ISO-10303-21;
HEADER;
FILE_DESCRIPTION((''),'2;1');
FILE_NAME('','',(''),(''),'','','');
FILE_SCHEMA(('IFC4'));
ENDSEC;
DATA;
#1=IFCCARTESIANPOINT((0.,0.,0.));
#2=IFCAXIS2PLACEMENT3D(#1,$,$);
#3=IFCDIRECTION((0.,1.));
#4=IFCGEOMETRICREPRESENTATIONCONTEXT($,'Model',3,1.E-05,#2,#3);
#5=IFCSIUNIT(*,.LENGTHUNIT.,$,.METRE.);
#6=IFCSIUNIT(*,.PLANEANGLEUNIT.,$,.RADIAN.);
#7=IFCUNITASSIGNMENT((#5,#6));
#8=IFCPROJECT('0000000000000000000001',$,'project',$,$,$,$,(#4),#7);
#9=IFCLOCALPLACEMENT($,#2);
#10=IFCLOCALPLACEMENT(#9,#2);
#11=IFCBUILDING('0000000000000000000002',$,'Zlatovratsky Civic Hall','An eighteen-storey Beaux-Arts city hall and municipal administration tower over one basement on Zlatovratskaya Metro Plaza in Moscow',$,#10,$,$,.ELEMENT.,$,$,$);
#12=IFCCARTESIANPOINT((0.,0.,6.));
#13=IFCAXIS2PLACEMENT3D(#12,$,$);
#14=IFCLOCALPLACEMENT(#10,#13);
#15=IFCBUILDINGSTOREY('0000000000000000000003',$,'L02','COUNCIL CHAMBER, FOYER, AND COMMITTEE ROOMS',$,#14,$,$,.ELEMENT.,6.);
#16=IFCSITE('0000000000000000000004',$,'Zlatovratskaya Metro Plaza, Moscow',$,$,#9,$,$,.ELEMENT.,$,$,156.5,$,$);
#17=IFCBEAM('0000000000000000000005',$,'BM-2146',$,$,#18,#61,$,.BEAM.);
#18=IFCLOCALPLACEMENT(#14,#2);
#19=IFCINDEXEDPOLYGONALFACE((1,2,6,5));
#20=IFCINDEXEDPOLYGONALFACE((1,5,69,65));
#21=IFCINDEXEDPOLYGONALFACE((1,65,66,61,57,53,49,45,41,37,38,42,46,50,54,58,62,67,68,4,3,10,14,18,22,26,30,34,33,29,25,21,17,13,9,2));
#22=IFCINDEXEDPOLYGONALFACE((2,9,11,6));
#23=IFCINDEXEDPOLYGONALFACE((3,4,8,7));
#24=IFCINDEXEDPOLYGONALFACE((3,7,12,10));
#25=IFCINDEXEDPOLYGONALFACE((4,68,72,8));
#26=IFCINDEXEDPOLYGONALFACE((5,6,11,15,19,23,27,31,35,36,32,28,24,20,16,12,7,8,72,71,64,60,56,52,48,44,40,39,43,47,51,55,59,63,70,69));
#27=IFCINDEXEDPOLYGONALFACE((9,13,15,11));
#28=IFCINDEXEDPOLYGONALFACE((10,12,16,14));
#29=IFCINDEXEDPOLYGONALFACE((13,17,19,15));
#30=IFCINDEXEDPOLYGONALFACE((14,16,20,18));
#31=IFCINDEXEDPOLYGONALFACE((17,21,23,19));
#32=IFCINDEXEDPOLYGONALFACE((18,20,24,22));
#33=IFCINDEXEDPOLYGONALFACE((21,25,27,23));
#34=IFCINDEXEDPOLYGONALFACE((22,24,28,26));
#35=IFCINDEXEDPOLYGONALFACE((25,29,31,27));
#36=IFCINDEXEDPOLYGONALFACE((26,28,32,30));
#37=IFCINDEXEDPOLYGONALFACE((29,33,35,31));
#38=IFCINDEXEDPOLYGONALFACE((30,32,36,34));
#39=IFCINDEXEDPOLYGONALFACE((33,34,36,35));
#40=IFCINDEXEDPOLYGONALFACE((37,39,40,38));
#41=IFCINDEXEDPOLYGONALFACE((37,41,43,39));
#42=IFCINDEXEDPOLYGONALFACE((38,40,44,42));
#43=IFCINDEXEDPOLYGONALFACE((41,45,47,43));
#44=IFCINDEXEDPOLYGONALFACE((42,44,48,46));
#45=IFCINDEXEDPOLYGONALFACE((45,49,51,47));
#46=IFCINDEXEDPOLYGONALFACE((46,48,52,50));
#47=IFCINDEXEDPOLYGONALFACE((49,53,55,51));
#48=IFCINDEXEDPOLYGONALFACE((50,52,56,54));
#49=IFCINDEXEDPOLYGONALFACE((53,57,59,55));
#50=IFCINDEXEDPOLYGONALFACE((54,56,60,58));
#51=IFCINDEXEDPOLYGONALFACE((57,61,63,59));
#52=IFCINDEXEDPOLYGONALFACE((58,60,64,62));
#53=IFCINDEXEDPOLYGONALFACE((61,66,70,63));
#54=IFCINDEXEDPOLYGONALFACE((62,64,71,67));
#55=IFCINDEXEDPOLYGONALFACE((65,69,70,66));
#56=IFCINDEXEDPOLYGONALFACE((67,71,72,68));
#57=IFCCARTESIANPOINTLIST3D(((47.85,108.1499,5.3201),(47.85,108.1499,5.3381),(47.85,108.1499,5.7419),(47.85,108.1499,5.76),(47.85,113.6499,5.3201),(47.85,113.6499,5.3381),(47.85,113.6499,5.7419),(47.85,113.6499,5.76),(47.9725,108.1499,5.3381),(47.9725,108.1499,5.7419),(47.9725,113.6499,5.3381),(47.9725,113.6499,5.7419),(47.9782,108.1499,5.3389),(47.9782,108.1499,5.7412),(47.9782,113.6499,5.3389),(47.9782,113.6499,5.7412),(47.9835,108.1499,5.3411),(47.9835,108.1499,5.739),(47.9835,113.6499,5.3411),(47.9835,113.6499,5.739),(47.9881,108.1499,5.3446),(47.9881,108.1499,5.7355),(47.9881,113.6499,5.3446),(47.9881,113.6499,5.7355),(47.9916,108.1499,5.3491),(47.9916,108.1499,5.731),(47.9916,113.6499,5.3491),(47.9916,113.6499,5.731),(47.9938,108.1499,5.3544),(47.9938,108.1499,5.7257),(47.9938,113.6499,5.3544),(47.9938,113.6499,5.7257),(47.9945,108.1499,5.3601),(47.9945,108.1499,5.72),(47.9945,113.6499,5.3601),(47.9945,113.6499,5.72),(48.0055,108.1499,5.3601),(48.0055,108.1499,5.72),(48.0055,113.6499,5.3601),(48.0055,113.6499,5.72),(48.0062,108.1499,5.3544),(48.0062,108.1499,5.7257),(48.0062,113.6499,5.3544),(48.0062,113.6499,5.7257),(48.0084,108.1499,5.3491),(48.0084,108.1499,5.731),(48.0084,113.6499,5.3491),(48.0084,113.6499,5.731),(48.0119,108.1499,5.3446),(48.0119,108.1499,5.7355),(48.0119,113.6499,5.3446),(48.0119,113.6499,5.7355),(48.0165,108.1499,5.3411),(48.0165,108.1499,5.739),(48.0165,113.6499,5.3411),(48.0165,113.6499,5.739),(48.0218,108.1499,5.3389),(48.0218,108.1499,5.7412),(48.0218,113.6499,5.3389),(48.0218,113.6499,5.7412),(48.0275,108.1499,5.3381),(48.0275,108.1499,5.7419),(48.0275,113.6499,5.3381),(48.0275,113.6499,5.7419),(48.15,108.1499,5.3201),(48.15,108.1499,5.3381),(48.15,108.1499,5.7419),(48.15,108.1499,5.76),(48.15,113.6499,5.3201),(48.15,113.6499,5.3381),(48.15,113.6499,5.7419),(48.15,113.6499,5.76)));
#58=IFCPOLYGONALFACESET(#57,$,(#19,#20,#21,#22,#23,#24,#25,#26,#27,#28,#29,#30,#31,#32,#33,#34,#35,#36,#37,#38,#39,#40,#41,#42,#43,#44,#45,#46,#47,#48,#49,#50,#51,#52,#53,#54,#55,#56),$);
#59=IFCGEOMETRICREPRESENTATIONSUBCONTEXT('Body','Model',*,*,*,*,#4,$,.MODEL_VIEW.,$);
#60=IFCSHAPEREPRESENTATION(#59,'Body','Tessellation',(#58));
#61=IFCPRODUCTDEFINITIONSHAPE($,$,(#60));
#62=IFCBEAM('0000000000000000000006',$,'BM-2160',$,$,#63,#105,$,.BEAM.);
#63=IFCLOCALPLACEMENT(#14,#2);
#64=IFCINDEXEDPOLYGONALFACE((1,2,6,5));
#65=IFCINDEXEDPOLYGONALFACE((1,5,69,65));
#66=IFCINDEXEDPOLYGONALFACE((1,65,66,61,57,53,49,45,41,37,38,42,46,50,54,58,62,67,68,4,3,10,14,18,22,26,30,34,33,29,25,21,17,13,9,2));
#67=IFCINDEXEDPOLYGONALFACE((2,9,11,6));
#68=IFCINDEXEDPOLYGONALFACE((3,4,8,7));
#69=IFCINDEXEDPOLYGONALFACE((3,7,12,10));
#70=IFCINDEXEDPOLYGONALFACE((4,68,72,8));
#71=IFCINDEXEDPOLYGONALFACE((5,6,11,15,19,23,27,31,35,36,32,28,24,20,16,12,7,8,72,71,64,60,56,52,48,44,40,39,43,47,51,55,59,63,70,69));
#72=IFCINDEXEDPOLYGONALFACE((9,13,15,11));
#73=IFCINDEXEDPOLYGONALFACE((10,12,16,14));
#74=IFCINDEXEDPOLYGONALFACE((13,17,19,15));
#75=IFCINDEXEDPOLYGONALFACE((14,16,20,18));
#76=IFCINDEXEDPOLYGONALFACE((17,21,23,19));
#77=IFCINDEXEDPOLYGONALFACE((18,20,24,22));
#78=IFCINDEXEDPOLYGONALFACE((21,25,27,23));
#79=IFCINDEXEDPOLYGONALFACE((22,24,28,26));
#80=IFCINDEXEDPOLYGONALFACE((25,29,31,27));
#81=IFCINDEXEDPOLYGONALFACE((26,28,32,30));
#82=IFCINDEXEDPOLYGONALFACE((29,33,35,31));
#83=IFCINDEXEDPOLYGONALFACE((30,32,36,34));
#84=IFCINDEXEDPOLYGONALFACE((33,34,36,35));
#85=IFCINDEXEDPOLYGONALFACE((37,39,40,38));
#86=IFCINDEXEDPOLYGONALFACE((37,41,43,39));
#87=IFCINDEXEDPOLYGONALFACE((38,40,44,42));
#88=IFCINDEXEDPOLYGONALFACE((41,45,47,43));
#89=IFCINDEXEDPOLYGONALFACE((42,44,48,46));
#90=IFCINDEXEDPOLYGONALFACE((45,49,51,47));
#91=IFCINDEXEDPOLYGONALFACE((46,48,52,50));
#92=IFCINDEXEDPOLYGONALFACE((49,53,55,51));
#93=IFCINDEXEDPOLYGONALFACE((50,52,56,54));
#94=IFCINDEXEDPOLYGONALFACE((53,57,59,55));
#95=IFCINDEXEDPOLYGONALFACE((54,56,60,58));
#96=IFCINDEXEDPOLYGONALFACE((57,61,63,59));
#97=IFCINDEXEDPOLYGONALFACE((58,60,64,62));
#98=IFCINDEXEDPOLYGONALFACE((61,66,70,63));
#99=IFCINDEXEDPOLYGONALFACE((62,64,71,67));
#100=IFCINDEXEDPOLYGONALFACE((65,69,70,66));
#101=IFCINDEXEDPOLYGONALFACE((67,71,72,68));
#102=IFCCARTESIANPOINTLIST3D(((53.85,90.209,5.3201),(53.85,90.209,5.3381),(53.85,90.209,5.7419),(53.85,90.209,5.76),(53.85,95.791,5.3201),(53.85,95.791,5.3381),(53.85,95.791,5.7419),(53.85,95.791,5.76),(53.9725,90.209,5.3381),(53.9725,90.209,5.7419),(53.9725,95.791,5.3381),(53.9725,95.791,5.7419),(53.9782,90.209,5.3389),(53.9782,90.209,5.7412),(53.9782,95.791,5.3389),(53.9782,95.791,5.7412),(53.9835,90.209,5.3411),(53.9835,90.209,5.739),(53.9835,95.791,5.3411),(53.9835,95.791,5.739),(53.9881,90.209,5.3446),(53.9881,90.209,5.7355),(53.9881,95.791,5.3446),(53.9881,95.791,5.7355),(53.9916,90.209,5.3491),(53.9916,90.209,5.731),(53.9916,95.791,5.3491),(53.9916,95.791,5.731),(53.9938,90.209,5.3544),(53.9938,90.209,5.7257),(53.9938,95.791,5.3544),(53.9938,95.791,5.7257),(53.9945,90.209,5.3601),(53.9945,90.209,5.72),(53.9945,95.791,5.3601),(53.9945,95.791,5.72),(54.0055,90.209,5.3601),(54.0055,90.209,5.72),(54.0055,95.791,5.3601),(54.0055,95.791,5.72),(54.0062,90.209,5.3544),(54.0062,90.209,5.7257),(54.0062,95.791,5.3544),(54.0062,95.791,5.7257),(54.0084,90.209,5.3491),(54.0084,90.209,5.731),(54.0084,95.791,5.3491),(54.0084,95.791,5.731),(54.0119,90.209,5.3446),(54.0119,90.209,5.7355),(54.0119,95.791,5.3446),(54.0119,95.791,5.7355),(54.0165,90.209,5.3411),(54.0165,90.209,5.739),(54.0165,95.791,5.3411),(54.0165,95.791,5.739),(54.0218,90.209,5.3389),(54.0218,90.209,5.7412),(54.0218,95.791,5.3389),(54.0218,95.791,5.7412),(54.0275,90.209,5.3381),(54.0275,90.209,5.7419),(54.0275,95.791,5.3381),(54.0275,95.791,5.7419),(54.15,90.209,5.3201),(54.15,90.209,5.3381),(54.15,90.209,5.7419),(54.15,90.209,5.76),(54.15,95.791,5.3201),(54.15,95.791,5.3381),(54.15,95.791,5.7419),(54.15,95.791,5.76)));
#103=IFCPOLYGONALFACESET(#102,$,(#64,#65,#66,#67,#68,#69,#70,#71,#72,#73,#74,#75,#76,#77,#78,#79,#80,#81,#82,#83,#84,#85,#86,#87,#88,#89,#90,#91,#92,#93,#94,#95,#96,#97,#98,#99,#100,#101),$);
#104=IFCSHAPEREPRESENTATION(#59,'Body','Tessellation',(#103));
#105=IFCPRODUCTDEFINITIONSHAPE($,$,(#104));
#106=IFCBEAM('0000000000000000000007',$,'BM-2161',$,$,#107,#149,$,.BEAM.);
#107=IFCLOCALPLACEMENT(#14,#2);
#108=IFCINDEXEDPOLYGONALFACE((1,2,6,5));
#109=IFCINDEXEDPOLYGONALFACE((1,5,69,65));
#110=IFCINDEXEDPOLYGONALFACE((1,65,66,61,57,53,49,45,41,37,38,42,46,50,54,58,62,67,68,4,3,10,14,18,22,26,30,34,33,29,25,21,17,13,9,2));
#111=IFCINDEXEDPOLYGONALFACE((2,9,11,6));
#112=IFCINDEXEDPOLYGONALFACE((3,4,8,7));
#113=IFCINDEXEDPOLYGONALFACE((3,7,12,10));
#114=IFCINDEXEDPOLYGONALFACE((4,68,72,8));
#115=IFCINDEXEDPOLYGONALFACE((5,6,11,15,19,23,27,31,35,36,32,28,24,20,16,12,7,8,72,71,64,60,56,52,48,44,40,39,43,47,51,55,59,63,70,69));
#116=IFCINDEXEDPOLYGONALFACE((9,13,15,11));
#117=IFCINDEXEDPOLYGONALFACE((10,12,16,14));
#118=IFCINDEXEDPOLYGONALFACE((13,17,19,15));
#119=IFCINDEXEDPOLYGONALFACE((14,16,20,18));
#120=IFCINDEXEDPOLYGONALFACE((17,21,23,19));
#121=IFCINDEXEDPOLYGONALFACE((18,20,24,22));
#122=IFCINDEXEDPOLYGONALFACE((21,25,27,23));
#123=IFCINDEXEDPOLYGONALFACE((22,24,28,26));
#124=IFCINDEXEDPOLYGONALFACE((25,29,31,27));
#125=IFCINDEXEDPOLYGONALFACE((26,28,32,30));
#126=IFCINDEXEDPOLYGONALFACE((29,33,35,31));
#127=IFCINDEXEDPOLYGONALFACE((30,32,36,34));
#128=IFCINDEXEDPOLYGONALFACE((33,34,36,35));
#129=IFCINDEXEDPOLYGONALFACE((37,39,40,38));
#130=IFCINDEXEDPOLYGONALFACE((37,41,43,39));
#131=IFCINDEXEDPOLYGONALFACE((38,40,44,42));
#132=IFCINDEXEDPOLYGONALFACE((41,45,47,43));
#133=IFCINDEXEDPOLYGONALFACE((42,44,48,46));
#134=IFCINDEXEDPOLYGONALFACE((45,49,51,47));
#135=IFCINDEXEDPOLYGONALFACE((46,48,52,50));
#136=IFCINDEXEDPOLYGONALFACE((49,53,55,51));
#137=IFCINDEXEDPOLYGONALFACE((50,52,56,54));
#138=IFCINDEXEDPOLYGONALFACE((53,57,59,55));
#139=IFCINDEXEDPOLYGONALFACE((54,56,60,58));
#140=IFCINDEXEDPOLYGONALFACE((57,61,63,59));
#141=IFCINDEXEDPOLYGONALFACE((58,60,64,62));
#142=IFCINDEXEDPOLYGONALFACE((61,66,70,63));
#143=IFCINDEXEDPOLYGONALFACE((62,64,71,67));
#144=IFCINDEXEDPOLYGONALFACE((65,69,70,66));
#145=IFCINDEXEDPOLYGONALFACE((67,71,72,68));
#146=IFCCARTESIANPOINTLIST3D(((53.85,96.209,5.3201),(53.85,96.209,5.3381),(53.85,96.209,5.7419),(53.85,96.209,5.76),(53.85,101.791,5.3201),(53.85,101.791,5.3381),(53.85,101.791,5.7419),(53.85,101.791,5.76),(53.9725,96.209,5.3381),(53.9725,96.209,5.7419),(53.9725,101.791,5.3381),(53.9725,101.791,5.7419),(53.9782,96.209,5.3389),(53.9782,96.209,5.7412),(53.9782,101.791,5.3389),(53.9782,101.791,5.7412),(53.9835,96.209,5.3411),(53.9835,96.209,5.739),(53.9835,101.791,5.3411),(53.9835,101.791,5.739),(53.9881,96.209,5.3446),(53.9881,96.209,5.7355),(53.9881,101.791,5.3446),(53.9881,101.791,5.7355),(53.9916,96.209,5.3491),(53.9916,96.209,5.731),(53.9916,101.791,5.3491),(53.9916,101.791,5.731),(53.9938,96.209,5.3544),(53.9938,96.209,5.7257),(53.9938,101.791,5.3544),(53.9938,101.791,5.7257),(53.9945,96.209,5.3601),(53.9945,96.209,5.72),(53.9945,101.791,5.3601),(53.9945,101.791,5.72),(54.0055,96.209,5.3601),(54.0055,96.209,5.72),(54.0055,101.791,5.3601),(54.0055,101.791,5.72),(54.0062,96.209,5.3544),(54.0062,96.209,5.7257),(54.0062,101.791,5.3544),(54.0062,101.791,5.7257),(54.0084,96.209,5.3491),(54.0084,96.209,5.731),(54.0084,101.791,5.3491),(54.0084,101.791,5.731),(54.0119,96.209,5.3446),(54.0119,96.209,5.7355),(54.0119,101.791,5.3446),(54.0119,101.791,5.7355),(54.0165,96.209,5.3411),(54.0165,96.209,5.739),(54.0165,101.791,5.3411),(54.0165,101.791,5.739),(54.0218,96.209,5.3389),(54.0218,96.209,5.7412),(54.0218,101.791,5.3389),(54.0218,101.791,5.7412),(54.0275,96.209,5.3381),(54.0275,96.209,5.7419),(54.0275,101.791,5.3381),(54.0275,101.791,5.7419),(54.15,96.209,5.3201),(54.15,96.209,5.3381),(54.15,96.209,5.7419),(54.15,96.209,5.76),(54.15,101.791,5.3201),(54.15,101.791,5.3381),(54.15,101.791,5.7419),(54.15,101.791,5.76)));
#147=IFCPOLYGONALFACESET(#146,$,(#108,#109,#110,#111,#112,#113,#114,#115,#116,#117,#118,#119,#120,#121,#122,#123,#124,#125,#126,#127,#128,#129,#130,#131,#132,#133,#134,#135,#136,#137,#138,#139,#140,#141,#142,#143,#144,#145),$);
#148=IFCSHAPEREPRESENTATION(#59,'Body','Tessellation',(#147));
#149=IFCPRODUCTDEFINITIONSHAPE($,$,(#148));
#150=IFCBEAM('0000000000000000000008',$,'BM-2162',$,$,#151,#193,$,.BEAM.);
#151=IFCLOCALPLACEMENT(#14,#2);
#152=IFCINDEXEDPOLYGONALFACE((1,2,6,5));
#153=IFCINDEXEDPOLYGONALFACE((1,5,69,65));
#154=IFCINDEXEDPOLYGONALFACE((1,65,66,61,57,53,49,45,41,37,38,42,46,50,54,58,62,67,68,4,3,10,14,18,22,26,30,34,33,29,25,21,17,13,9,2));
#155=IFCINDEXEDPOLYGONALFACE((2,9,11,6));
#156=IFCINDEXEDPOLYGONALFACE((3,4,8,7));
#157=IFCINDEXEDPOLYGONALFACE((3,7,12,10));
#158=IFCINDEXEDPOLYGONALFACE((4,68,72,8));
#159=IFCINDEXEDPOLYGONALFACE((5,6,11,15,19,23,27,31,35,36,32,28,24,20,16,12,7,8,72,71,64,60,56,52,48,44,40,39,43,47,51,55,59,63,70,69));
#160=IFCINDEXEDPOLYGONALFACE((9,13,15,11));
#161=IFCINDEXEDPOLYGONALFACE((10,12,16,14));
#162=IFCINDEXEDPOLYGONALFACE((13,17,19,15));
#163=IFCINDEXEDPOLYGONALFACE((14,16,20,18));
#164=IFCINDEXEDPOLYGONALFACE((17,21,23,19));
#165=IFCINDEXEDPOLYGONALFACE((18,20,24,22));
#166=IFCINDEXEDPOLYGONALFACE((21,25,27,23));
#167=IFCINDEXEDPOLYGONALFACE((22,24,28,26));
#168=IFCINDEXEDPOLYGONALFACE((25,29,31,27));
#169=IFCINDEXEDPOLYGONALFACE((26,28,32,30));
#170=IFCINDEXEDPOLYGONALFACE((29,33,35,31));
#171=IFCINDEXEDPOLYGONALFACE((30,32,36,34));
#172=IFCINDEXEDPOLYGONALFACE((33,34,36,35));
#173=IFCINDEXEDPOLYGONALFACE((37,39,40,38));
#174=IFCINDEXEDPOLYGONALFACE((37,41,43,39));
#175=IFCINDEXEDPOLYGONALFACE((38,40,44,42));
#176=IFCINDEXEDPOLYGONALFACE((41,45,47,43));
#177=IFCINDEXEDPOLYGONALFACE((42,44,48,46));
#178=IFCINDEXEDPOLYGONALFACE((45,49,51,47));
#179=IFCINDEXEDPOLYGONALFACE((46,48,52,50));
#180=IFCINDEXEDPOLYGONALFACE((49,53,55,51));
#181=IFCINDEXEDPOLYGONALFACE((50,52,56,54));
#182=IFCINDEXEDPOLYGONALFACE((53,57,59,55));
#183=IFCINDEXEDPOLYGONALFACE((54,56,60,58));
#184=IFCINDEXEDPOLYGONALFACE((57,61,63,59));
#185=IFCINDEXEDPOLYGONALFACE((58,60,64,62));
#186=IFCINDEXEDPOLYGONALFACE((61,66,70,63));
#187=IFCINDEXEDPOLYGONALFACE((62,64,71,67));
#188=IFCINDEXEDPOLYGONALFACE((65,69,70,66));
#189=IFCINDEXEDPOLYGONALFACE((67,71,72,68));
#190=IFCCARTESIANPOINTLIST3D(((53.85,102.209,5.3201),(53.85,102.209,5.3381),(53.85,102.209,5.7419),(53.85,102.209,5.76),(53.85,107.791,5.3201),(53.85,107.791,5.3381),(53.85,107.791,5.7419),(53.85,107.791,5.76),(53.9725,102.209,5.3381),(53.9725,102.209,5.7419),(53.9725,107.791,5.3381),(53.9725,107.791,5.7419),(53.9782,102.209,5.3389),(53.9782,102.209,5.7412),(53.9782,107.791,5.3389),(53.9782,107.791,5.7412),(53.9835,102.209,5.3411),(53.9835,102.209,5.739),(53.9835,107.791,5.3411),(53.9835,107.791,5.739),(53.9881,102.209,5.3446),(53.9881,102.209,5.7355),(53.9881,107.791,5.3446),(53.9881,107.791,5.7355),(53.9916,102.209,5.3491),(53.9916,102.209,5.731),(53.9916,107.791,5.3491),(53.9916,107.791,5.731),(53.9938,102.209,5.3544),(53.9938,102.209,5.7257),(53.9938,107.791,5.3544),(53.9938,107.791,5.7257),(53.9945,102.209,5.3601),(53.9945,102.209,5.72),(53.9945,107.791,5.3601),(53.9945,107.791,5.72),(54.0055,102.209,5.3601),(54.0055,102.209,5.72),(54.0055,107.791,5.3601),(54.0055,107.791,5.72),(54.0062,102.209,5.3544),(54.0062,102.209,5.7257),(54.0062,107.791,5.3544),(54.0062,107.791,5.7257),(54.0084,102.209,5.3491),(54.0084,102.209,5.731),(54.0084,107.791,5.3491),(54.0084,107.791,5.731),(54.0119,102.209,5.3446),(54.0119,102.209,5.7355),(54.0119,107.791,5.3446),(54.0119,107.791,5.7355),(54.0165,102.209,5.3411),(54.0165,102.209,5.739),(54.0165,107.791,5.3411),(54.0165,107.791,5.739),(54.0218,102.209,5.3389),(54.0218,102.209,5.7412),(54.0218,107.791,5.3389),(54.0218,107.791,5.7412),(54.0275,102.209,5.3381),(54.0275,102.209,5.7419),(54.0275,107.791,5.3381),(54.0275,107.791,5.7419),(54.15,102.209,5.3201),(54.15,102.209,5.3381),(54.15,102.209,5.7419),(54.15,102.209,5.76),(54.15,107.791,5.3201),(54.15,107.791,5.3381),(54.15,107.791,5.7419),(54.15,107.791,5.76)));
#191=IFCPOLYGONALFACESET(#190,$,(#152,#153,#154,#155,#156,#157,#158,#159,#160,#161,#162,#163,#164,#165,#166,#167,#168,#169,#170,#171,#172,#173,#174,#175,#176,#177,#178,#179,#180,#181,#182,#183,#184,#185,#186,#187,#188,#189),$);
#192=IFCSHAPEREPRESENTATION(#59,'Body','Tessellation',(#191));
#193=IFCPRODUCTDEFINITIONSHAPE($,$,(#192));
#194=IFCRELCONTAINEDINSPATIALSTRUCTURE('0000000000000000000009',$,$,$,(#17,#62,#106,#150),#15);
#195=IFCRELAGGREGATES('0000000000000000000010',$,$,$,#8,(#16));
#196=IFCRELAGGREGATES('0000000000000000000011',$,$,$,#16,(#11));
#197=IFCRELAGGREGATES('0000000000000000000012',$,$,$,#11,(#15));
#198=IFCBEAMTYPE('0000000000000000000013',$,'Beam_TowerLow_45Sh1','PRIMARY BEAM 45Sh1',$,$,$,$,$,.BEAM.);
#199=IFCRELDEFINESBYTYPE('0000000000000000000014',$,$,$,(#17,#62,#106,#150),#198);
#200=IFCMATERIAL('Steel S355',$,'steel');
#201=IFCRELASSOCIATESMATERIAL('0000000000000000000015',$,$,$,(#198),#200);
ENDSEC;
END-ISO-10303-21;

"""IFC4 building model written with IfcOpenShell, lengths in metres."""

from ifc_helpers import new_model, si_unit, direction, frame, origin, origin_2d, place, context, subcontext, project, spatial, i_section, extrude, material, material_profile, profile_set, type_object, element, save


model = new_model("IFC4")

# Units and contexts
model_context = context("Model", 3, precision=1e-05, world=origin(), true_north=direction((0.0, 1.0)))
body_context = subcontext(model_context, "Body", "Model", "MODEL_VIEW")
ifc_project = project(units=[si_unit("LENGTHUNIT", "METRE"), si_unit("PLANEANGLEUNIT", "RADIAN")], contexts=[model_context])

# Site, building, storey
site_placement = place(None, origin())
site = spatial("IfcSite", under=ifc_project, at=site_placement, Name="Zlatovratskaya Metro Plaza, Moscow", CompositionType="ELEMENT", RefElevation=156.5)
building_placement = place(site_placement, origin())
building = spatial("IfcBuilding", under=site, at=building_placement, Name="Zlatovratsky Civic Hall", Description="An eighteen-storey Beaux-Arts city hall and municipal administration tower over one basement on Zlatovratskaya Metro Plaza in Moscow", CompositionType="ELEMENT")
storey_placement = place(building_placement, frame((0.0, 0.0, 6.0)))
storey = spatial("IfcBuildingStorey", under=building, at=storey_placement, Name="L02", Description="COUNCIL CHAMBER, FOYER, AND COMMITTEE ROOMS", CompositionType="ELEMENT", Elevation=6.0)

# Shared definitions
ifc_material_1 = material(Name="Steel S355", Category="steel")

# Beams
ifc_material_profile_1 = material_profile(ifc_material_1, i_section(OverallWidth=0.3, OverallDepth=0.4399, WebThickness=0.011, FlangeThickness=0.0181, FilletRadius=0.022, at=origin_2d()), Name="45Sh1")
ifc_profile_set_1 = profile_set([ifc_material_profile_1], Name="Steel S355")
beam_type_1 = type_object("IfcBeamType", Name="Beam_TowerLow_45Sh1", Description="PRIMARY BEAM 45Sh1", PredefinedType="BEAM", material=ifc_profile_set_1)
beam_1_placement = place(storey_placement, frame((48.0, 108.1499, 5.54), z_axis=(0.0, 1.0, 0.0), x_axis=(-1.0, 0.0, 0.0)))
element("IfcBeam", 1, at=beam_1_placement, inside=storey, type_object=beam_type_1, Name="BM-2146", PredefinedType="BEAM", context=body_context, shape_type="SweptSolid", body=[
    extrude(i_section(OverallWidth=0.3, OverallDepth=0.4399, WebThickness=0.011, FlangeThickness=0.0181, FilletRadius=0.022, at=origin_2d()), origin(), (0.0, 0.0, 1.0), 5.5),
])
for number, where, z_axis, x_axis, name in (
    (2, (54.0, 90.209, 5.54), (0.0, 1.0, 0.0), (-1.0, 0.0, 0.0), "BM-2160"),
    (3, (54.0, 96.209, 5.54), (0.0, 1.0, 0.0), (-1.0, 0.0, 0.0), "BM-2161"),
    (4, (54.0, 102.209, 5.54), (0.0, 1.0, 0.0), (-1.0, 0.0, 0.0), "BM-2162"),
):
    element("IfcBeam", number, at=place(storey_placement, frame(where, z_axis=z_axis, x_axis=x_axis)), inside=storey, type_object=beam_type_1, Name=name, PredefinedType="BEAM", context=body_context, shape_type="SweptSolid", body=[
        extrude(i_section(OverallWidth=0.3, OverallDepth=0.4399, WebThickness=0.011, FlangeThickness=0.0181, FilletRadius=0.022, at=origin_2d()), origin(), (0.0, 0.0, 1.0), 5.582),
    ])

save(model, "model.ifc")
